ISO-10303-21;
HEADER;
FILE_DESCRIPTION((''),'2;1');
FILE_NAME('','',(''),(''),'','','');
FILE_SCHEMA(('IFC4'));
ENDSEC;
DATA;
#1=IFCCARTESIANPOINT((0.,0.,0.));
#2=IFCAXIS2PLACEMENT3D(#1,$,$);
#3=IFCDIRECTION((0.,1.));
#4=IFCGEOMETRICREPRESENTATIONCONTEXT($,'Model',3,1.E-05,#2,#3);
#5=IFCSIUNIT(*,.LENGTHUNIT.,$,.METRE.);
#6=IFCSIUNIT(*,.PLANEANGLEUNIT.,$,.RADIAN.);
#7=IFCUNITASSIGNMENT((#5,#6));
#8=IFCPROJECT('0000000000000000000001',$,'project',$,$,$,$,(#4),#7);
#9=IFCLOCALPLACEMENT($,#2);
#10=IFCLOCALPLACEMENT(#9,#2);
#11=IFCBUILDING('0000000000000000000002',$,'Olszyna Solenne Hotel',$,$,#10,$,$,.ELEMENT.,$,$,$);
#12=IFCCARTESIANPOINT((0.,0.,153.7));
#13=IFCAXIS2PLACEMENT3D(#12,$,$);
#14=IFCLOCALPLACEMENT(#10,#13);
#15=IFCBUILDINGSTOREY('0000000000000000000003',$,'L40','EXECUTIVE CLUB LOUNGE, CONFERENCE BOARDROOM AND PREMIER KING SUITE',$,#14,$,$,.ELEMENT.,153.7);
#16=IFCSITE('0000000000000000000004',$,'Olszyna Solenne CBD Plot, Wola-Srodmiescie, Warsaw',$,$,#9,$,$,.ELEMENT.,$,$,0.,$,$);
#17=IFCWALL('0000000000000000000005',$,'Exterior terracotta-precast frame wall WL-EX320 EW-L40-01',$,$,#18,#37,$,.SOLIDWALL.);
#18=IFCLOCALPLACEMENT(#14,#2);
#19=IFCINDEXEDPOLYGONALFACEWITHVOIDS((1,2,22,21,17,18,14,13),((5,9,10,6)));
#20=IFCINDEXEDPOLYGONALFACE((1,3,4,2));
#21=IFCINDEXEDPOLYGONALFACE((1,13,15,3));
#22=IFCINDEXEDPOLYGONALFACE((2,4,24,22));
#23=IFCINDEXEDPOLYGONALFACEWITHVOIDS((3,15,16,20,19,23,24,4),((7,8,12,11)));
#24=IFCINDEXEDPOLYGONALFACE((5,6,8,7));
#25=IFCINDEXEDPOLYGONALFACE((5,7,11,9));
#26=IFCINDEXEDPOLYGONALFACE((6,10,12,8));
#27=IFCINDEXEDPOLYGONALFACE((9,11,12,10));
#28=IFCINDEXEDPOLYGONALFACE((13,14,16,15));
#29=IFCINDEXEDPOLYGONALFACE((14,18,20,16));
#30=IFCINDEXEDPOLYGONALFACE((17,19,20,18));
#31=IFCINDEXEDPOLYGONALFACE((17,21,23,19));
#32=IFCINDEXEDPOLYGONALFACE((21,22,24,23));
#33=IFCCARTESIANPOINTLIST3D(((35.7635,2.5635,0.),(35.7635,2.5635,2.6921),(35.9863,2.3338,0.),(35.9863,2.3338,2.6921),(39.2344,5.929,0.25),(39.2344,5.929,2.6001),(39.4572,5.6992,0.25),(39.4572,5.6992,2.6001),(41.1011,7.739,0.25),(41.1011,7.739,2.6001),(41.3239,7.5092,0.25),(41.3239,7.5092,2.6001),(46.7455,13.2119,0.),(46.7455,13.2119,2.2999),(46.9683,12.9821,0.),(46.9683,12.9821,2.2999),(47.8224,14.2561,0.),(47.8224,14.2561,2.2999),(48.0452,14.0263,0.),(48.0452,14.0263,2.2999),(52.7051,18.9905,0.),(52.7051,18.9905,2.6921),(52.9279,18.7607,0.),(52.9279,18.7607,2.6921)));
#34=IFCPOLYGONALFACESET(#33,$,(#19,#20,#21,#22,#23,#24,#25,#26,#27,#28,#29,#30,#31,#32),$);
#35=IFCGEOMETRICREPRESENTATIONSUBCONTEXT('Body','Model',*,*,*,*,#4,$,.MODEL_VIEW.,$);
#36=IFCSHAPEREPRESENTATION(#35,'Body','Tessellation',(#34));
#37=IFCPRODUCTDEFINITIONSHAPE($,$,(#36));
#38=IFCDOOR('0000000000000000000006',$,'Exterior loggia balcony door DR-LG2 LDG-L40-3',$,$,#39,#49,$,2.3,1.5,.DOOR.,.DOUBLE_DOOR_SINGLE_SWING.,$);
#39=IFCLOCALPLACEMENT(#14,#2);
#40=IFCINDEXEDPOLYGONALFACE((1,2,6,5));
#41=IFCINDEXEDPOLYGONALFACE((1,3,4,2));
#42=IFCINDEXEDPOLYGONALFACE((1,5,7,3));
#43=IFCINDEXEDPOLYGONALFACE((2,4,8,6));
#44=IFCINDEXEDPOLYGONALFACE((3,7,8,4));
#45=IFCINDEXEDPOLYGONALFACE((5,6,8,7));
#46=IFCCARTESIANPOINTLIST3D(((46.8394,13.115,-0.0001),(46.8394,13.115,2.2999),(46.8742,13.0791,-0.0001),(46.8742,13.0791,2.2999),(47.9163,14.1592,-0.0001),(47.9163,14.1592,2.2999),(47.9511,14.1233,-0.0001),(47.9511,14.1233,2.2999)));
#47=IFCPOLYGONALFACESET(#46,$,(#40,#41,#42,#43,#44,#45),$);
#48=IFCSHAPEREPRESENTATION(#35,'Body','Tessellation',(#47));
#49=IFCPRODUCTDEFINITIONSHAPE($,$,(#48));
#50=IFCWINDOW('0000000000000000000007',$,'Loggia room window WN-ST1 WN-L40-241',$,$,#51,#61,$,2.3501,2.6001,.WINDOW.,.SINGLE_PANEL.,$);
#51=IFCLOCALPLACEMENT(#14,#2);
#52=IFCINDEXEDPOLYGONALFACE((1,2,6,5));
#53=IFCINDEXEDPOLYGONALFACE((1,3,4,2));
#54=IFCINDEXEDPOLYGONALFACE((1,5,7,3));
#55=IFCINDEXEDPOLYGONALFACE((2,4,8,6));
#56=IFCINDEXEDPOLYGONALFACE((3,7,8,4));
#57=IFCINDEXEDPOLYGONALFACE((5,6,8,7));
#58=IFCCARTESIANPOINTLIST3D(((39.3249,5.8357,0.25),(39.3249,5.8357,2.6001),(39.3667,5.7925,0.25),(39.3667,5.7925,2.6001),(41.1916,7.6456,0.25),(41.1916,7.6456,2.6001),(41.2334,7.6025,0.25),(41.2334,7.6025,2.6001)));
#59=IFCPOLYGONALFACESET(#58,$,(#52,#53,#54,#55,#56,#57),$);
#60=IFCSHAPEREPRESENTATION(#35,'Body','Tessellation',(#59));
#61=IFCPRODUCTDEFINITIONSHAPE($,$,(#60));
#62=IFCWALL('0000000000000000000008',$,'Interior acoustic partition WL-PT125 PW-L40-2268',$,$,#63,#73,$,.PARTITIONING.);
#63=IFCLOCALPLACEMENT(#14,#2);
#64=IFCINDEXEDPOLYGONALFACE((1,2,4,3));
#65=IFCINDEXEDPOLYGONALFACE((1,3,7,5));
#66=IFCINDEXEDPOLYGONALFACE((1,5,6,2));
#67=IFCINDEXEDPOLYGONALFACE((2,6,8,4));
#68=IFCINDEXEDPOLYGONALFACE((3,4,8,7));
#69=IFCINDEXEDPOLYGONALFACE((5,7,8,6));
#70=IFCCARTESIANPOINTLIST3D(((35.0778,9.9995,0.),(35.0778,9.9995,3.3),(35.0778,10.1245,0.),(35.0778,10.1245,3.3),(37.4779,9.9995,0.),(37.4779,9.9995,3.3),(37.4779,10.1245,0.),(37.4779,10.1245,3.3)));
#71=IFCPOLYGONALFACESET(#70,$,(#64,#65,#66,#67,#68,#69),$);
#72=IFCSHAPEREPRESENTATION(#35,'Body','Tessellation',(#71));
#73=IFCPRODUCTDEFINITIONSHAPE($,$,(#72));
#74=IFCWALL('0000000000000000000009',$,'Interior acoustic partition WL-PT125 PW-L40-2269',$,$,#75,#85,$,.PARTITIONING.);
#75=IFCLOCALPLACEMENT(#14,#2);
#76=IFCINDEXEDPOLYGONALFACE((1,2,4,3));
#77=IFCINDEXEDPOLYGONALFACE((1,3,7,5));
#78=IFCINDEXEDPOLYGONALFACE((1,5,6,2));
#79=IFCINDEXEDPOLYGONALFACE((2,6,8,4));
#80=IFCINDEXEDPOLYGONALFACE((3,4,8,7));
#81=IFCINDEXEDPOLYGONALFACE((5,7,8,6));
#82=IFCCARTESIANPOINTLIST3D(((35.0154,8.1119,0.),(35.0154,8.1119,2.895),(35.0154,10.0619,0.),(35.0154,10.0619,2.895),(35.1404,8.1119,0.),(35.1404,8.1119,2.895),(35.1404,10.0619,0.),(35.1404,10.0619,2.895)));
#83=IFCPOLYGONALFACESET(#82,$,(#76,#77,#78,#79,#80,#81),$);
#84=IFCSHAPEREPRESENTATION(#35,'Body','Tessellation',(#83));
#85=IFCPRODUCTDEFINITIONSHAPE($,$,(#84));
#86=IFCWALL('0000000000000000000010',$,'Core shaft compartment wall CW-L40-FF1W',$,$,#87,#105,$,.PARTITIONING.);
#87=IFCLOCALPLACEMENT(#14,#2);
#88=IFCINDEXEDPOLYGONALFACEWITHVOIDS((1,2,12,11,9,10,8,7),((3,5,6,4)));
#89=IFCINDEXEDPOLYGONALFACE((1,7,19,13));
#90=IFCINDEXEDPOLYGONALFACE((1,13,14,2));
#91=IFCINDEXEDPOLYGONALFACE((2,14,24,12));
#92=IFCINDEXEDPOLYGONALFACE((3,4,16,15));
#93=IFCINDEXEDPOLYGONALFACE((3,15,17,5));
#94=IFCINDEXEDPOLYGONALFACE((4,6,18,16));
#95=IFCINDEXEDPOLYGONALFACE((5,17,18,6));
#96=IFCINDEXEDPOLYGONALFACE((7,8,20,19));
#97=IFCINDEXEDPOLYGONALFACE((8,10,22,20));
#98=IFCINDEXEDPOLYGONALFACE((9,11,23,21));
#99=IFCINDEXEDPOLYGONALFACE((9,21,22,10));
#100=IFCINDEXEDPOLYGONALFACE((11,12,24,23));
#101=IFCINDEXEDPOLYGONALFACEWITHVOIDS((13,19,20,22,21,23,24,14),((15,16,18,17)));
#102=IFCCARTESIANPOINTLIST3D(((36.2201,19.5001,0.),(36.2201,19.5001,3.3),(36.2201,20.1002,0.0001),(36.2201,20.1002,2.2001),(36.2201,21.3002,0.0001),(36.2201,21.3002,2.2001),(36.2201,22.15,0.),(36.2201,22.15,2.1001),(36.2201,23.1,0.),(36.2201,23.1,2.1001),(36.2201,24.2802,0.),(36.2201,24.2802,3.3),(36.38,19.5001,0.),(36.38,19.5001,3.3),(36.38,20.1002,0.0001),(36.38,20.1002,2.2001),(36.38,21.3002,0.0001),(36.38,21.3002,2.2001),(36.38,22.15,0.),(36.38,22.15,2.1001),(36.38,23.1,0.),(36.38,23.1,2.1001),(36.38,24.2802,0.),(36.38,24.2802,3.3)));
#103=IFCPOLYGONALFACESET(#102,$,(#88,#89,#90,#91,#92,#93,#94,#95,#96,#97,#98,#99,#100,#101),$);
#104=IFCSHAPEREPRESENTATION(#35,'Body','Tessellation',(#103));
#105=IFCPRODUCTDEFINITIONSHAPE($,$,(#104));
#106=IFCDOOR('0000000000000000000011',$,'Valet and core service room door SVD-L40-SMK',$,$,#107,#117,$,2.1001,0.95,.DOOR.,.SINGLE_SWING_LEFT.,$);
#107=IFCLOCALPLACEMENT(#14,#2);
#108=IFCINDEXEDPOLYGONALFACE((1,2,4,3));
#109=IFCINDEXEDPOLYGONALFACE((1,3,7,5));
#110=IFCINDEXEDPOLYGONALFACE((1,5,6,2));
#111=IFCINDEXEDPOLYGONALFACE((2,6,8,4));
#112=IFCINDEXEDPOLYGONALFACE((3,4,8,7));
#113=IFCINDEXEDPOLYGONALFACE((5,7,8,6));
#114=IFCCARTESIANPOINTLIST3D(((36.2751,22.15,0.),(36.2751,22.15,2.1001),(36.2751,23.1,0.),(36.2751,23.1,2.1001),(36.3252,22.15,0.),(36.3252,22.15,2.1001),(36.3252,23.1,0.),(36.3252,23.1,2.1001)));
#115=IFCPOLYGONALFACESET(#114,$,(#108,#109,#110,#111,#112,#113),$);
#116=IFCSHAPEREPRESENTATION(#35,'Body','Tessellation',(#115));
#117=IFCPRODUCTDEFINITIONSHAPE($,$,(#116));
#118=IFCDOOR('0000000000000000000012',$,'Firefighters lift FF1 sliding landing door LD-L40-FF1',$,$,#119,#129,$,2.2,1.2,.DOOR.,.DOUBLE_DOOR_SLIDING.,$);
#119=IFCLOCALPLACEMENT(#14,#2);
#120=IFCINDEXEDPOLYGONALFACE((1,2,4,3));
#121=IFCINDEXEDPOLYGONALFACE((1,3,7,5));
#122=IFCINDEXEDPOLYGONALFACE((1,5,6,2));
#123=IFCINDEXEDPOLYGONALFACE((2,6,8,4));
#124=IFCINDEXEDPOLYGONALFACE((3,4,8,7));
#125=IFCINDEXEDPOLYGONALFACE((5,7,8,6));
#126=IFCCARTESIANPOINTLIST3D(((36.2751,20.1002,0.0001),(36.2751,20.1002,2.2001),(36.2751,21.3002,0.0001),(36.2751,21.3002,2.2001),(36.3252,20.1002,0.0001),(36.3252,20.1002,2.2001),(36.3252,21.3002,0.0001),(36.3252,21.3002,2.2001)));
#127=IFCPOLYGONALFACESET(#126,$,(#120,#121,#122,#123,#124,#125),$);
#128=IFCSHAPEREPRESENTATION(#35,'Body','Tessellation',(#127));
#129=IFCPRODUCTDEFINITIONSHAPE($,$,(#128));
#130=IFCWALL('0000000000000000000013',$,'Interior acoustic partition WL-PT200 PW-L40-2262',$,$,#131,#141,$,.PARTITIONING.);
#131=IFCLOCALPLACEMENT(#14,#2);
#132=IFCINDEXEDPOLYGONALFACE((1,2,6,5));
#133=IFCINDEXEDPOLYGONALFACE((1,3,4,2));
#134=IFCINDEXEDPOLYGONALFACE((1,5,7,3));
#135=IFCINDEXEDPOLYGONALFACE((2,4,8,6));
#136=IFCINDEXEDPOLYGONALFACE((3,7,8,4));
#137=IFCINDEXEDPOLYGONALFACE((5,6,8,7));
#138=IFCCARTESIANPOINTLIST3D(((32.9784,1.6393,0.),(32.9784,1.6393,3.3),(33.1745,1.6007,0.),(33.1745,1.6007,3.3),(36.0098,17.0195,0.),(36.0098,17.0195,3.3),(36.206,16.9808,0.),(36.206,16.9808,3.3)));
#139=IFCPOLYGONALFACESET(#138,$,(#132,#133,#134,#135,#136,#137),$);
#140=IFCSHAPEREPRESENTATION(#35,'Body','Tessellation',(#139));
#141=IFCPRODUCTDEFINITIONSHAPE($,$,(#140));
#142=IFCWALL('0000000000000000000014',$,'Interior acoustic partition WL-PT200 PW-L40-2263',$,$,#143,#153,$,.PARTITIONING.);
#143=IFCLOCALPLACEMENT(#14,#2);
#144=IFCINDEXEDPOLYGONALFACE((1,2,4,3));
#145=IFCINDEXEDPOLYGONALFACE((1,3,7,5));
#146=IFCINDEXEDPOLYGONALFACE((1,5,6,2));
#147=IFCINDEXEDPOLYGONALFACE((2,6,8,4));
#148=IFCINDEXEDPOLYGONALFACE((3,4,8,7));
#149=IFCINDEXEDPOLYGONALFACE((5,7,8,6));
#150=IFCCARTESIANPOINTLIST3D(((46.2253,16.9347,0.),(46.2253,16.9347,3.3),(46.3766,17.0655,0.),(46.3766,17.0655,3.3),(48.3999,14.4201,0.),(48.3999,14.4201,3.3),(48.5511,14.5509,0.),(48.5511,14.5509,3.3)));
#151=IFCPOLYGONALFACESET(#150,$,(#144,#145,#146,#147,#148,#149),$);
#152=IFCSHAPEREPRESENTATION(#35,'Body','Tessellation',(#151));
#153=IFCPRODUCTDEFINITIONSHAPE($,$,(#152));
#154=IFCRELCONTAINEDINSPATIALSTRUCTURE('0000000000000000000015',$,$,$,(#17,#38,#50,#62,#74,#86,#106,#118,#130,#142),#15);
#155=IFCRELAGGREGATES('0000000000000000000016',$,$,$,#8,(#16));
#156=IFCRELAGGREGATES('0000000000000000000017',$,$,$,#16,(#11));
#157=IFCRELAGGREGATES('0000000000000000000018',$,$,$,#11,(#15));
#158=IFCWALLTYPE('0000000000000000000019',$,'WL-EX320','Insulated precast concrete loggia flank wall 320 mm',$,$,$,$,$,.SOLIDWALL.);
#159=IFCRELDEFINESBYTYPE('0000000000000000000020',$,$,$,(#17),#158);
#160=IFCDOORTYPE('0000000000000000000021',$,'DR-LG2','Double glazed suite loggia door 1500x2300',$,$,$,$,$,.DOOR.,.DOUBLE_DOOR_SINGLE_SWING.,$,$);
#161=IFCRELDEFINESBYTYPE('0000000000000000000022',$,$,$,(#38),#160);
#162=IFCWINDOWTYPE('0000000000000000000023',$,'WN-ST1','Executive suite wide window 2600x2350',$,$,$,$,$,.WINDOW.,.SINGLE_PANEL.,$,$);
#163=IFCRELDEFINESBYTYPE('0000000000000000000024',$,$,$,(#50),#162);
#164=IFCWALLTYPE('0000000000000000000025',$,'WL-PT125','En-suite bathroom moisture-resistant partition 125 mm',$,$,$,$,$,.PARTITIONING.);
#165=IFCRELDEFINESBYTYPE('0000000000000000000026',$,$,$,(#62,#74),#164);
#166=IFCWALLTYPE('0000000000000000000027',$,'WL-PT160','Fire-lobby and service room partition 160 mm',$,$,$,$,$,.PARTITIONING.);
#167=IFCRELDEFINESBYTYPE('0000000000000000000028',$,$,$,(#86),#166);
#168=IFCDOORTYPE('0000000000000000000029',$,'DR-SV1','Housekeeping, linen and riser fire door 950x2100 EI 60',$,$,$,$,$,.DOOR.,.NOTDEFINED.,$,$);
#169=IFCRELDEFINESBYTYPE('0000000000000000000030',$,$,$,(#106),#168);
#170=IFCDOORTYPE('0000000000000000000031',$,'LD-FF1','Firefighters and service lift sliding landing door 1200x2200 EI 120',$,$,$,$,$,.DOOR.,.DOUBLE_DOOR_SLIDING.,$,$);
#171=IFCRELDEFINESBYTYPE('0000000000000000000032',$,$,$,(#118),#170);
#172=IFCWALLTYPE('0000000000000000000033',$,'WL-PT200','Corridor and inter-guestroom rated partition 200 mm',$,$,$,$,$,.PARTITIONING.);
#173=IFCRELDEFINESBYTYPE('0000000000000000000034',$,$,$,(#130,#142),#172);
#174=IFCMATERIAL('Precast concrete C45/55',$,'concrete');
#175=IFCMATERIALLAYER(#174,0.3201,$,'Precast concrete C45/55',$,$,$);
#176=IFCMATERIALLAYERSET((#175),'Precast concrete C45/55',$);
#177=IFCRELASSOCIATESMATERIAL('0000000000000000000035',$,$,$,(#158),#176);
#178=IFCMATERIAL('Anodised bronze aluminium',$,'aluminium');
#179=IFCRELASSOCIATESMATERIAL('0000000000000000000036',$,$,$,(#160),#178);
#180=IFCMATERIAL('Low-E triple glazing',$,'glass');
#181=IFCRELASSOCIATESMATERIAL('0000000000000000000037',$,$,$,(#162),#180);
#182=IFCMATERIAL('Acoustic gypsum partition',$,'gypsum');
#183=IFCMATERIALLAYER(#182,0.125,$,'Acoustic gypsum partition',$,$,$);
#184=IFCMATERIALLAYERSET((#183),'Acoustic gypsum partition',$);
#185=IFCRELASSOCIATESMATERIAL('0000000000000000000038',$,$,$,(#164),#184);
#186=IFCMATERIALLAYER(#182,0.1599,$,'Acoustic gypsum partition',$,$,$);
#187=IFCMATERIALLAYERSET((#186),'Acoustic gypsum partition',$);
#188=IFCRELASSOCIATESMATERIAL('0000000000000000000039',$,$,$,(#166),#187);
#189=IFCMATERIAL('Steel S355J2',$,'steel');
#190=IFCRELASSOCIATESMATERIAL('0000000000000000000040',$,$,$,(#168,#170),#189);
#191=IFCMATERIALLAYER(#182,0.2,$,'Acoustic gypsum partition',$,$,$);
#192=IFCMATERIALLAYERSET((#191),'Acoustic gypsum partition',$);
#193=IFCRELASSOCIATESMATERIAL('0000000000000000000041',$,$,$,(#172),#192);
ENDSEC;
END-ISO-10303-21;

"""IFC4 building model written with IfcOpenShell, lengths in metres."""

from ifc_helpers import new_model, si_unit, direction, frame, frame_2d, origin, place, context, subcontext, project, spatial, rectangle, extrude, source, transform, mapped, material, layer, layer_set, type_object, type_shapes, element, fill, save


model = new_model("IFC4")

# Units and contexts
model_context = context("Model", 3, precision=1e-05, world=origin(), true_north=direction((0.0, 1.0)))
body_context = subcontext(model_context, "Body", "Model", "MODEL_VIEW")
ifc_project = project(units=[si_unit("LENGTHUNIT", "METRE"), si_unit("PLANEANGLEUNIT", "RADIAN")], contexts=[model_context])

# Site, building, storey
site_placement = place(None, origin())
site = spatial("IfcSite", under=ifc_project, at=site_placement, Name="Olszyna Solenne CBD Plot, Wola-Srodmiescie, Warsaw", CompositionType="ELEMENT", RefElevation=0.0)
building_placement = place(site_placement, origin())
building = spatial("IfcBuilding", under=site, at=building_placement, Name="Olszyna Solenne Hotel", CompositionType="ELEMENT")
storey_placement = place(building_placement, frame((0.0, 0.0, 153.7)))
storey = spatial("IfcBuildingStorey", under=building, at=storey_placement, Name="L40", Description="EXECUTIVE CLUB LOUNGE, CONFERENCE BOARDROOM AND PREMIER KING SUITE", CompositionType="ELEMENT", Elevation=153.7)

# Shared definitions
ifc_material_1 = material(Name="Steel S355J2", Category="steel")

# Wall, openings, door, window
ifc_material_2 = material(Name="Precast concrete C45/55", Category="concrete")
ifc_layer_1 = layer(ifc_material_2, 0.3201, Name="Precast concrete C45/55")
ifc_layer_set_1 = layer_set([ifc_layer_1], Name="Precast concrete C45/55")
wall_type_1 = type_object("IfcWallType", Name="WL-EX320", Description="Insulated precast concrete loggia flank wall 320 mm", PredefinedType="SOLIDWALL", material=ifc_layer_set_1)
wall_1_placement = place(storey_placement, frame((52.8164, 18.8755, 0.0), z_axis=(0.0, 0.0, 1.0), x_axis=(-0.717927, -0.696118, 0.0)))
wall_1 = element("IfcWall", 1, at=wall_1_placement, inside=storey, type_object=wall_type_1, Name="Exterior terracotta-precast frame wall WL-EX320 EW-L40-01", PredefinedType="SOLIDWALL", context=body_context, shape_type="SweptSolid", body=[
    extrude(rectangle(XDim=23.5979, YDim=0.3201, at=frame_2d((11.7988, 0.0))), origin(), (0.0, 0.0, 1.0), 2.6921),
])
opening_1_placement = place(wall_1_placement, frame((6.801, 0.0, 0.0)))
opening_1 = element("IfcOpeningElement", 2, at=opening_1_placement, cuts=wall_1, PredefinedType="OPENING", context=body_context, shape_type="SweptSolid", body=[
    extrude(rectangle(XDim=1.5, YDim=2.3, at=frame_2d((0.75, 1.1499))), frame((0.0, 0.1699, 0.0), z_axis=(0.0, -1.0, 0.0), x_axis=(1.0, 0.0, 0.0)), (0.0, 0.0, 1.0), 0.3401),
])
opening_2_placement = place(wall_1_placement, frame((16.1631, 0.0, 0.25)))
opening_2 = element("IfcOpeningElement", 3, at=opening_2_placement, cuts=wall_1, PredefinedType="OPENING", context=body_context, shape_type="SweptSolid", body=[
    extrude(rectangle(XDim=2.6001, YDim=2.3501, at=frame_2d((1.3, 1.175))), frame((0.0, 0.1699, 0.0), z_axis=(0.0, -1.0, 0.0), x_axis=(1.0, 0.0, 0.0)), (0.0, 0.0, 1.0), 0.3401),
])
ifc_material_3 = material(Name="Anodised bronze aluminium", Category="aluminium")
door_type_1 = type_object("IfcDoorType", Name="DR-LG2", Description="Double glazed suite loggia door 1500x2300", OperationType="DOUBLE_DOOR_SINGLE_SWING", PredefinedType="DOOR", material=ifc_material_3)
shared_shape_1 = source(origin(), body_context, "Body", "SweptSolid", [
    extrude(rectangle(XDim=1.5, YDim=2.3, at=frame_2d((0.75, 1.1499))), frame((0.0, 0.0249, 0.0), z_axis=(0.0, -1.0, 0.0), x_axis=(1.0, 0.0, 0.0)), (0.0, 0.0, 1.0), 0.05),
])
type_shapes(door_type_1, [shared_shape_1])
door_1_placement = place(opening_1_placement, origin())
door_1 = element("IfcDoor", 4, at=door_1_placement, inside=storey, type_object=door_type_1, Name="Exterior loggia balcony door DR-LG2 LDG-L40-3", OperationType="DOUBLE_DOOR_SINGLE_SWING", OverallHeight=2.3, OverallWidth=1.5, PredefinedType="DOOR", context=body_context, shape_type="MappedRepresentation", body=[
    mapped(shared_shape_1, transform((0.0, 0.0, 0.0), x_axis=(1.0, 0.0, 0.0), y_axis=(0.0, 1.0, 0.0), z_axis=(0.0, 0.0, 1.0), scale=1.0)),
])
fill(opening_1, door_1)
ifc_material_4 = material(Name="Low-E triple glazing", Category="glass")
window_type = type_object("IfcWindowType", Name="WN-ST1", Description="Executive suite wide window 2600x2350", PartitioningType="SINGLE_PANEL", PredefinedType="WINDOW", material=ifc_material_4)
shared_shape_2 = source(origin(), body_context, "Body", "SweptSolid", [
    extrude(rectangle(XDim=2.6001, YDim=2.3501, at=frame_2d((1.3, 1.175))), frame((0.0, 0.03, 0.0), z_axis=(0.0, -1.0, 0.0), x_axis=(1.0, 0.0, 0.0)), (0.0, 0.0, 1.0), 0.0601),
])
type_shapes(window_type, [shared_shape_2])
window_placement = place(opening_2_placement, origin())
window = element("IfcWindow", 5, at=window_placement, inside=storey, type_object=window_type, Name="Loggia room window WN-ST1 WN-L40-241", OverallHeight=2.3501, OverallWidth=2.6001, PartitioningType="SINGLE_PANEL", PredefinedType="WINDOW", context=body_context, shape_type="MappedRepresentation", body=[
    mapped(shared_shape_2, transform((0.0, 0.0, 0.0), x_axis=(1.0, 0.0, 0.0), y_axis=(0.0, 1.0, 0.0), z_axis=(0.0, 0.0, 1.0), scale=1.0)),
])
fill(opening_2, window)

# Walls
ifc_material_5 = material(Name="Acoustic gypsum partition", Category="gypsum")
ifc_layer_2 = layer(ifc_material_5, 0.125, Name="Acoustic gypsum partition")
ifc_layer_set_2 = layer_set([ifc_layer_2], Name="Acoustic gypsum partition")
wall_type_2 = type_object("IfcWallType", Name="WL-PT125", Description="En-suite bathroom moisture-resistant partition 125 mm", PredefinedType="PARTITIONING", material=ifc_layer_set_2)
wall_2_placement = place(storey_placement, frame((37.478, 10.062, 0.0), z_axis=(0.0, 0.0, 1.0), x_axis=(-1.0, 0.0, 0.0)))
element("IfcWall", 6, at=wall_2_placement, inside=storey, type_object=wall_type_2, Name="Interior acoustic partition WL-PT125 PW-L40-2268", PredefinedType="PARTITIONING", context=body_context, shape_type="SweptSolid", body=[
    extrude(rectangle(XDim=2.4001, YDim=0.125, at=frame_2d((1.2002, 0.0))), origin(), (0.0, 0.0, 1.0), 3.3),
])
wall_3_placement = place(storey_placement, frame((35.0779, 10.062, 0.0), z_axis=(0.0, 0.0, 1.0), x_axis=(0.0, -1.0, 0.0)))
element("IfcWall", 7, at=wall_3_placement, inside=storey, type_object=wall_type_2, Name="Interior acoustic partition WL-PT125 PW-L40-2269", PredefinedType="PARTITIONING", context=body_context, shape_type="SweptSolid", body=[
    extrude(rectangle(XDim=1.95, YDim=0.125, at=frame_2d((0.9751, 0.0))), origin(), (0.0, 0.0, 1.0), 2.895),
])

# Wall, openings, doors
ifc_layer_3 = layer(ifc_material_5, 0.1599, Name="Acoustic gypsum partition")
ifc_layer_set_3 = layer_set([ifc_layer_3], Name="Acoustic gypsum partition")
wall_type_3 = type_object("IfcWallType", Name="WL-PT160", Description="Fire-lobby and service room partition 160 mm", PredefinedType="PARTITIONING", material=ifc_layer_set_3)
wall_4_placement = place(storey_placement, frame((36.3, 19.5, 0.0), z_axis=(0.0, 0.0, 1.0), x_axis=(0.0, 1.0, 0.0)))
wall_4 = element("IfcWall", 8, at=wall_4_placement, inside=storey, type_object=wall_type_3, Name="Core shaft compartment wall CW-L40-FF1W", PredefinedType="PARTITIONING", context=body_context, shape_type="SweptSolid", body=[
    extrude(rectangle(XDim=4.78, YDim=0.1599, at=frame_2d((2.3901, 0.0))), origin(), (0.0, 0.0, 1.0), 3.3),
])
opening_3_placement = place(wall_4_placement, frame((0.6001, 0.0, 0.0)))
opening_3 = element("IfcOpeningElement", 9, at=opening_3_placement, cuts=wall_4, PredefinedType="OPENING", context=body_context, shape_type="SweptSolid", body=[
    extrude(rectangle(XDim=1.2, YDim=2.2, at=frame_2d((0.6001, 1.1001))), frame((0.0, 0.0898, 0.0), z_axis=(0.0, -1.0, 0.0), x_axis=(1.0, 0.0, 0.0)), (0.0, 0.0, 1.0), 0.1799),
])
opening_4_placement = place(wall_4_placement, frame((2.6499, 0.0, 0.0)))
opening_4 = element("IfcOpeningElement", 10, at=opening_4_placement, cuts=wall_4, PredefinedType="OPENING", context=body_context, shape_type="SweptSolid", body=[
    extrude(rectangle(XDim=0.95, YDim=2.1001, at=frame_2d((0.4751, 1.05))), frame((0.0, 0.0898, 0.0), z_axis=(0.0, -1.0, 0.0), x_axis=(1.0, 0.0, 0.0)), (0.0, 0.0, 1.0), 0.1799),
])
door_type_2 = type_object("IfcDoorType", Name="DR-SV1", Description="Housekeeping, linen and riser fire door 950x2100 EI 60", OperationType="NOTDEFINED", PredefinedType="DOOR", material=ifc_material_1)
shared_shape_3 = source(origin(), body_context, "Body", "SweptSolid", [
    extrude(rectangle(XDim=0.95, YDim=2.1001, at=frame_2d((0.4751, 1.05))), frame((0.0, 0.0249, 0.0), z_axis=(0.0, -1.0, 0.0), x_axis=(1.0, 0.0, 0.0)), (0.0, 0.0, 1.0), 0.05),
])
type_shapes(door_type_2, [shared_shape_3])
door_2_placement = place(opening_4_placement, origin())
door_2 = element("IfcDoor", 11, at=door_2_placement, inside=storey, type_object=door_type_2, Name="Valet and core service room door SVD-L40-SMK", OperationType="SINGLE_SWING_LEFT", OverallHeight=2.1001, OverallWidth=0.95, PredefinedType="DOOR", context=body_context, shape_type="MappedRepresentation", body=[
    mapped(shared_shape_3, transform((0.0, 0.0, 0.0), x_axis=(1.0, 0.0, 0.0), y_axis=(0.0, 1.0, 0.0), z_axis=(0.0, 0.0, 1.0), scale=1.0)),
])
fill(opening_4, door_2)
door_type_3 = type_object("IfcDoorType", Name="LD-FF1", Description="Firefighters and service lift sliding landing door 1200x2200 EI 120", OperationType="DOUBLE_DOOR_SLIDING", PredefinedType="DOOR", material=ifc_material_1)
shared_shape_4 = source(origin(), body_context, "Body", "SweptSolid", [
    extrude(rectangle(XDim=1.2, YDim=2.2, at=frame_2d((0.6001, 1.1001))), frame((0.0, 0.0249, 0.0), z_axis=(0.0, -1.0, 0.0), x_axis=(1.0, 0.0, 0.0)), (0.0, 0.0, 1.0), 0.05),
])
type_shapes(door_type_3, [shared_shape_4])
door_3_placement = place(opening_3_placement, origin())
door_3 = element("IfcDoor", 12, at=door_3_placement, inside=storey, type_object=door_type_3, Name="Firefighters lift FF1 sliding landing door LD-L40-FF1", OperationType="DOUBLE_DOOR_SLIDING", OverallHeight=2.2, OverallWidth=1.2, PredefinedType="DOOR", context=body_context, shape_type="MappedRepresentation", body=[
    mapped(shared_shape_4, transform((0.0, 0.0, 0.0), x_axis=(1.0, 0.0, 0.0), y_axis=(0.0, 1.0, 0.0), z_axis=(0.0, 0.0, 1.0), scale=1.0)),
])
fill(opening_3, door_3)

# Walls
ifc_layer_4 = layer(ifc_material_5, 0.2, Name="Acoustic gypsum partition")
ifc_layer_set_4 = layer_set([ifc_layer_4], Name="Acoustic gypsum partition")
wall_type_4 = type_object("IfcWallType", Name="WL-PT200", Description="Corridor and inter-guestroom rated partition 200 mm", PredefinedType="PARTITIONING", material=ifc_layer_set_4)
wall_5_placement = place(storey_placement, frame((36.1079, 17.0, 0.0), z_axis=(0.0, 0.0, 1.0), x_axis=(-0.193384, -0.981123, 0.0)))
element("IfcWall", 13, at=wall_5_placement, inside=storey, type_object=wall_type_4, Name="Interior acoustic partition WL-PT200 PW-L40-2262", PredefinedType="PARTITIONING", context=body_context, shape_type="SweptSolid", body=[
    extrude(rectangle(XDim=15.676, YDim=0.2, at=frame_2d((7.8379, 0.0))), origin(), (0.0, 0.0, 1.0), 3.3),
])
wall_6_placement = place(storey_placement, frame((46.301, 17.0, 0.0), z_axis=(0.0, 0.0, 1.0), x_axis=(0.654105, -0.756403, 0.0)))
element("IfcWall", 14, at=wall_6_placement, inside=storey, type_object=wall_type_4, Name="Interior acoustic partition WL-PT200 PW-L40-2263", PredefinedType="PARTITIONING", context=body_context, shape_type="SweptSolid", body=[
    extrude(rectangle(XDim=3.3245, YDim=0.2, at=frame_2d((1.6621, 0.0))), origin(), (0.0, 0.0, 1.0), 3.3),
])

save(model, "model.ifc")
